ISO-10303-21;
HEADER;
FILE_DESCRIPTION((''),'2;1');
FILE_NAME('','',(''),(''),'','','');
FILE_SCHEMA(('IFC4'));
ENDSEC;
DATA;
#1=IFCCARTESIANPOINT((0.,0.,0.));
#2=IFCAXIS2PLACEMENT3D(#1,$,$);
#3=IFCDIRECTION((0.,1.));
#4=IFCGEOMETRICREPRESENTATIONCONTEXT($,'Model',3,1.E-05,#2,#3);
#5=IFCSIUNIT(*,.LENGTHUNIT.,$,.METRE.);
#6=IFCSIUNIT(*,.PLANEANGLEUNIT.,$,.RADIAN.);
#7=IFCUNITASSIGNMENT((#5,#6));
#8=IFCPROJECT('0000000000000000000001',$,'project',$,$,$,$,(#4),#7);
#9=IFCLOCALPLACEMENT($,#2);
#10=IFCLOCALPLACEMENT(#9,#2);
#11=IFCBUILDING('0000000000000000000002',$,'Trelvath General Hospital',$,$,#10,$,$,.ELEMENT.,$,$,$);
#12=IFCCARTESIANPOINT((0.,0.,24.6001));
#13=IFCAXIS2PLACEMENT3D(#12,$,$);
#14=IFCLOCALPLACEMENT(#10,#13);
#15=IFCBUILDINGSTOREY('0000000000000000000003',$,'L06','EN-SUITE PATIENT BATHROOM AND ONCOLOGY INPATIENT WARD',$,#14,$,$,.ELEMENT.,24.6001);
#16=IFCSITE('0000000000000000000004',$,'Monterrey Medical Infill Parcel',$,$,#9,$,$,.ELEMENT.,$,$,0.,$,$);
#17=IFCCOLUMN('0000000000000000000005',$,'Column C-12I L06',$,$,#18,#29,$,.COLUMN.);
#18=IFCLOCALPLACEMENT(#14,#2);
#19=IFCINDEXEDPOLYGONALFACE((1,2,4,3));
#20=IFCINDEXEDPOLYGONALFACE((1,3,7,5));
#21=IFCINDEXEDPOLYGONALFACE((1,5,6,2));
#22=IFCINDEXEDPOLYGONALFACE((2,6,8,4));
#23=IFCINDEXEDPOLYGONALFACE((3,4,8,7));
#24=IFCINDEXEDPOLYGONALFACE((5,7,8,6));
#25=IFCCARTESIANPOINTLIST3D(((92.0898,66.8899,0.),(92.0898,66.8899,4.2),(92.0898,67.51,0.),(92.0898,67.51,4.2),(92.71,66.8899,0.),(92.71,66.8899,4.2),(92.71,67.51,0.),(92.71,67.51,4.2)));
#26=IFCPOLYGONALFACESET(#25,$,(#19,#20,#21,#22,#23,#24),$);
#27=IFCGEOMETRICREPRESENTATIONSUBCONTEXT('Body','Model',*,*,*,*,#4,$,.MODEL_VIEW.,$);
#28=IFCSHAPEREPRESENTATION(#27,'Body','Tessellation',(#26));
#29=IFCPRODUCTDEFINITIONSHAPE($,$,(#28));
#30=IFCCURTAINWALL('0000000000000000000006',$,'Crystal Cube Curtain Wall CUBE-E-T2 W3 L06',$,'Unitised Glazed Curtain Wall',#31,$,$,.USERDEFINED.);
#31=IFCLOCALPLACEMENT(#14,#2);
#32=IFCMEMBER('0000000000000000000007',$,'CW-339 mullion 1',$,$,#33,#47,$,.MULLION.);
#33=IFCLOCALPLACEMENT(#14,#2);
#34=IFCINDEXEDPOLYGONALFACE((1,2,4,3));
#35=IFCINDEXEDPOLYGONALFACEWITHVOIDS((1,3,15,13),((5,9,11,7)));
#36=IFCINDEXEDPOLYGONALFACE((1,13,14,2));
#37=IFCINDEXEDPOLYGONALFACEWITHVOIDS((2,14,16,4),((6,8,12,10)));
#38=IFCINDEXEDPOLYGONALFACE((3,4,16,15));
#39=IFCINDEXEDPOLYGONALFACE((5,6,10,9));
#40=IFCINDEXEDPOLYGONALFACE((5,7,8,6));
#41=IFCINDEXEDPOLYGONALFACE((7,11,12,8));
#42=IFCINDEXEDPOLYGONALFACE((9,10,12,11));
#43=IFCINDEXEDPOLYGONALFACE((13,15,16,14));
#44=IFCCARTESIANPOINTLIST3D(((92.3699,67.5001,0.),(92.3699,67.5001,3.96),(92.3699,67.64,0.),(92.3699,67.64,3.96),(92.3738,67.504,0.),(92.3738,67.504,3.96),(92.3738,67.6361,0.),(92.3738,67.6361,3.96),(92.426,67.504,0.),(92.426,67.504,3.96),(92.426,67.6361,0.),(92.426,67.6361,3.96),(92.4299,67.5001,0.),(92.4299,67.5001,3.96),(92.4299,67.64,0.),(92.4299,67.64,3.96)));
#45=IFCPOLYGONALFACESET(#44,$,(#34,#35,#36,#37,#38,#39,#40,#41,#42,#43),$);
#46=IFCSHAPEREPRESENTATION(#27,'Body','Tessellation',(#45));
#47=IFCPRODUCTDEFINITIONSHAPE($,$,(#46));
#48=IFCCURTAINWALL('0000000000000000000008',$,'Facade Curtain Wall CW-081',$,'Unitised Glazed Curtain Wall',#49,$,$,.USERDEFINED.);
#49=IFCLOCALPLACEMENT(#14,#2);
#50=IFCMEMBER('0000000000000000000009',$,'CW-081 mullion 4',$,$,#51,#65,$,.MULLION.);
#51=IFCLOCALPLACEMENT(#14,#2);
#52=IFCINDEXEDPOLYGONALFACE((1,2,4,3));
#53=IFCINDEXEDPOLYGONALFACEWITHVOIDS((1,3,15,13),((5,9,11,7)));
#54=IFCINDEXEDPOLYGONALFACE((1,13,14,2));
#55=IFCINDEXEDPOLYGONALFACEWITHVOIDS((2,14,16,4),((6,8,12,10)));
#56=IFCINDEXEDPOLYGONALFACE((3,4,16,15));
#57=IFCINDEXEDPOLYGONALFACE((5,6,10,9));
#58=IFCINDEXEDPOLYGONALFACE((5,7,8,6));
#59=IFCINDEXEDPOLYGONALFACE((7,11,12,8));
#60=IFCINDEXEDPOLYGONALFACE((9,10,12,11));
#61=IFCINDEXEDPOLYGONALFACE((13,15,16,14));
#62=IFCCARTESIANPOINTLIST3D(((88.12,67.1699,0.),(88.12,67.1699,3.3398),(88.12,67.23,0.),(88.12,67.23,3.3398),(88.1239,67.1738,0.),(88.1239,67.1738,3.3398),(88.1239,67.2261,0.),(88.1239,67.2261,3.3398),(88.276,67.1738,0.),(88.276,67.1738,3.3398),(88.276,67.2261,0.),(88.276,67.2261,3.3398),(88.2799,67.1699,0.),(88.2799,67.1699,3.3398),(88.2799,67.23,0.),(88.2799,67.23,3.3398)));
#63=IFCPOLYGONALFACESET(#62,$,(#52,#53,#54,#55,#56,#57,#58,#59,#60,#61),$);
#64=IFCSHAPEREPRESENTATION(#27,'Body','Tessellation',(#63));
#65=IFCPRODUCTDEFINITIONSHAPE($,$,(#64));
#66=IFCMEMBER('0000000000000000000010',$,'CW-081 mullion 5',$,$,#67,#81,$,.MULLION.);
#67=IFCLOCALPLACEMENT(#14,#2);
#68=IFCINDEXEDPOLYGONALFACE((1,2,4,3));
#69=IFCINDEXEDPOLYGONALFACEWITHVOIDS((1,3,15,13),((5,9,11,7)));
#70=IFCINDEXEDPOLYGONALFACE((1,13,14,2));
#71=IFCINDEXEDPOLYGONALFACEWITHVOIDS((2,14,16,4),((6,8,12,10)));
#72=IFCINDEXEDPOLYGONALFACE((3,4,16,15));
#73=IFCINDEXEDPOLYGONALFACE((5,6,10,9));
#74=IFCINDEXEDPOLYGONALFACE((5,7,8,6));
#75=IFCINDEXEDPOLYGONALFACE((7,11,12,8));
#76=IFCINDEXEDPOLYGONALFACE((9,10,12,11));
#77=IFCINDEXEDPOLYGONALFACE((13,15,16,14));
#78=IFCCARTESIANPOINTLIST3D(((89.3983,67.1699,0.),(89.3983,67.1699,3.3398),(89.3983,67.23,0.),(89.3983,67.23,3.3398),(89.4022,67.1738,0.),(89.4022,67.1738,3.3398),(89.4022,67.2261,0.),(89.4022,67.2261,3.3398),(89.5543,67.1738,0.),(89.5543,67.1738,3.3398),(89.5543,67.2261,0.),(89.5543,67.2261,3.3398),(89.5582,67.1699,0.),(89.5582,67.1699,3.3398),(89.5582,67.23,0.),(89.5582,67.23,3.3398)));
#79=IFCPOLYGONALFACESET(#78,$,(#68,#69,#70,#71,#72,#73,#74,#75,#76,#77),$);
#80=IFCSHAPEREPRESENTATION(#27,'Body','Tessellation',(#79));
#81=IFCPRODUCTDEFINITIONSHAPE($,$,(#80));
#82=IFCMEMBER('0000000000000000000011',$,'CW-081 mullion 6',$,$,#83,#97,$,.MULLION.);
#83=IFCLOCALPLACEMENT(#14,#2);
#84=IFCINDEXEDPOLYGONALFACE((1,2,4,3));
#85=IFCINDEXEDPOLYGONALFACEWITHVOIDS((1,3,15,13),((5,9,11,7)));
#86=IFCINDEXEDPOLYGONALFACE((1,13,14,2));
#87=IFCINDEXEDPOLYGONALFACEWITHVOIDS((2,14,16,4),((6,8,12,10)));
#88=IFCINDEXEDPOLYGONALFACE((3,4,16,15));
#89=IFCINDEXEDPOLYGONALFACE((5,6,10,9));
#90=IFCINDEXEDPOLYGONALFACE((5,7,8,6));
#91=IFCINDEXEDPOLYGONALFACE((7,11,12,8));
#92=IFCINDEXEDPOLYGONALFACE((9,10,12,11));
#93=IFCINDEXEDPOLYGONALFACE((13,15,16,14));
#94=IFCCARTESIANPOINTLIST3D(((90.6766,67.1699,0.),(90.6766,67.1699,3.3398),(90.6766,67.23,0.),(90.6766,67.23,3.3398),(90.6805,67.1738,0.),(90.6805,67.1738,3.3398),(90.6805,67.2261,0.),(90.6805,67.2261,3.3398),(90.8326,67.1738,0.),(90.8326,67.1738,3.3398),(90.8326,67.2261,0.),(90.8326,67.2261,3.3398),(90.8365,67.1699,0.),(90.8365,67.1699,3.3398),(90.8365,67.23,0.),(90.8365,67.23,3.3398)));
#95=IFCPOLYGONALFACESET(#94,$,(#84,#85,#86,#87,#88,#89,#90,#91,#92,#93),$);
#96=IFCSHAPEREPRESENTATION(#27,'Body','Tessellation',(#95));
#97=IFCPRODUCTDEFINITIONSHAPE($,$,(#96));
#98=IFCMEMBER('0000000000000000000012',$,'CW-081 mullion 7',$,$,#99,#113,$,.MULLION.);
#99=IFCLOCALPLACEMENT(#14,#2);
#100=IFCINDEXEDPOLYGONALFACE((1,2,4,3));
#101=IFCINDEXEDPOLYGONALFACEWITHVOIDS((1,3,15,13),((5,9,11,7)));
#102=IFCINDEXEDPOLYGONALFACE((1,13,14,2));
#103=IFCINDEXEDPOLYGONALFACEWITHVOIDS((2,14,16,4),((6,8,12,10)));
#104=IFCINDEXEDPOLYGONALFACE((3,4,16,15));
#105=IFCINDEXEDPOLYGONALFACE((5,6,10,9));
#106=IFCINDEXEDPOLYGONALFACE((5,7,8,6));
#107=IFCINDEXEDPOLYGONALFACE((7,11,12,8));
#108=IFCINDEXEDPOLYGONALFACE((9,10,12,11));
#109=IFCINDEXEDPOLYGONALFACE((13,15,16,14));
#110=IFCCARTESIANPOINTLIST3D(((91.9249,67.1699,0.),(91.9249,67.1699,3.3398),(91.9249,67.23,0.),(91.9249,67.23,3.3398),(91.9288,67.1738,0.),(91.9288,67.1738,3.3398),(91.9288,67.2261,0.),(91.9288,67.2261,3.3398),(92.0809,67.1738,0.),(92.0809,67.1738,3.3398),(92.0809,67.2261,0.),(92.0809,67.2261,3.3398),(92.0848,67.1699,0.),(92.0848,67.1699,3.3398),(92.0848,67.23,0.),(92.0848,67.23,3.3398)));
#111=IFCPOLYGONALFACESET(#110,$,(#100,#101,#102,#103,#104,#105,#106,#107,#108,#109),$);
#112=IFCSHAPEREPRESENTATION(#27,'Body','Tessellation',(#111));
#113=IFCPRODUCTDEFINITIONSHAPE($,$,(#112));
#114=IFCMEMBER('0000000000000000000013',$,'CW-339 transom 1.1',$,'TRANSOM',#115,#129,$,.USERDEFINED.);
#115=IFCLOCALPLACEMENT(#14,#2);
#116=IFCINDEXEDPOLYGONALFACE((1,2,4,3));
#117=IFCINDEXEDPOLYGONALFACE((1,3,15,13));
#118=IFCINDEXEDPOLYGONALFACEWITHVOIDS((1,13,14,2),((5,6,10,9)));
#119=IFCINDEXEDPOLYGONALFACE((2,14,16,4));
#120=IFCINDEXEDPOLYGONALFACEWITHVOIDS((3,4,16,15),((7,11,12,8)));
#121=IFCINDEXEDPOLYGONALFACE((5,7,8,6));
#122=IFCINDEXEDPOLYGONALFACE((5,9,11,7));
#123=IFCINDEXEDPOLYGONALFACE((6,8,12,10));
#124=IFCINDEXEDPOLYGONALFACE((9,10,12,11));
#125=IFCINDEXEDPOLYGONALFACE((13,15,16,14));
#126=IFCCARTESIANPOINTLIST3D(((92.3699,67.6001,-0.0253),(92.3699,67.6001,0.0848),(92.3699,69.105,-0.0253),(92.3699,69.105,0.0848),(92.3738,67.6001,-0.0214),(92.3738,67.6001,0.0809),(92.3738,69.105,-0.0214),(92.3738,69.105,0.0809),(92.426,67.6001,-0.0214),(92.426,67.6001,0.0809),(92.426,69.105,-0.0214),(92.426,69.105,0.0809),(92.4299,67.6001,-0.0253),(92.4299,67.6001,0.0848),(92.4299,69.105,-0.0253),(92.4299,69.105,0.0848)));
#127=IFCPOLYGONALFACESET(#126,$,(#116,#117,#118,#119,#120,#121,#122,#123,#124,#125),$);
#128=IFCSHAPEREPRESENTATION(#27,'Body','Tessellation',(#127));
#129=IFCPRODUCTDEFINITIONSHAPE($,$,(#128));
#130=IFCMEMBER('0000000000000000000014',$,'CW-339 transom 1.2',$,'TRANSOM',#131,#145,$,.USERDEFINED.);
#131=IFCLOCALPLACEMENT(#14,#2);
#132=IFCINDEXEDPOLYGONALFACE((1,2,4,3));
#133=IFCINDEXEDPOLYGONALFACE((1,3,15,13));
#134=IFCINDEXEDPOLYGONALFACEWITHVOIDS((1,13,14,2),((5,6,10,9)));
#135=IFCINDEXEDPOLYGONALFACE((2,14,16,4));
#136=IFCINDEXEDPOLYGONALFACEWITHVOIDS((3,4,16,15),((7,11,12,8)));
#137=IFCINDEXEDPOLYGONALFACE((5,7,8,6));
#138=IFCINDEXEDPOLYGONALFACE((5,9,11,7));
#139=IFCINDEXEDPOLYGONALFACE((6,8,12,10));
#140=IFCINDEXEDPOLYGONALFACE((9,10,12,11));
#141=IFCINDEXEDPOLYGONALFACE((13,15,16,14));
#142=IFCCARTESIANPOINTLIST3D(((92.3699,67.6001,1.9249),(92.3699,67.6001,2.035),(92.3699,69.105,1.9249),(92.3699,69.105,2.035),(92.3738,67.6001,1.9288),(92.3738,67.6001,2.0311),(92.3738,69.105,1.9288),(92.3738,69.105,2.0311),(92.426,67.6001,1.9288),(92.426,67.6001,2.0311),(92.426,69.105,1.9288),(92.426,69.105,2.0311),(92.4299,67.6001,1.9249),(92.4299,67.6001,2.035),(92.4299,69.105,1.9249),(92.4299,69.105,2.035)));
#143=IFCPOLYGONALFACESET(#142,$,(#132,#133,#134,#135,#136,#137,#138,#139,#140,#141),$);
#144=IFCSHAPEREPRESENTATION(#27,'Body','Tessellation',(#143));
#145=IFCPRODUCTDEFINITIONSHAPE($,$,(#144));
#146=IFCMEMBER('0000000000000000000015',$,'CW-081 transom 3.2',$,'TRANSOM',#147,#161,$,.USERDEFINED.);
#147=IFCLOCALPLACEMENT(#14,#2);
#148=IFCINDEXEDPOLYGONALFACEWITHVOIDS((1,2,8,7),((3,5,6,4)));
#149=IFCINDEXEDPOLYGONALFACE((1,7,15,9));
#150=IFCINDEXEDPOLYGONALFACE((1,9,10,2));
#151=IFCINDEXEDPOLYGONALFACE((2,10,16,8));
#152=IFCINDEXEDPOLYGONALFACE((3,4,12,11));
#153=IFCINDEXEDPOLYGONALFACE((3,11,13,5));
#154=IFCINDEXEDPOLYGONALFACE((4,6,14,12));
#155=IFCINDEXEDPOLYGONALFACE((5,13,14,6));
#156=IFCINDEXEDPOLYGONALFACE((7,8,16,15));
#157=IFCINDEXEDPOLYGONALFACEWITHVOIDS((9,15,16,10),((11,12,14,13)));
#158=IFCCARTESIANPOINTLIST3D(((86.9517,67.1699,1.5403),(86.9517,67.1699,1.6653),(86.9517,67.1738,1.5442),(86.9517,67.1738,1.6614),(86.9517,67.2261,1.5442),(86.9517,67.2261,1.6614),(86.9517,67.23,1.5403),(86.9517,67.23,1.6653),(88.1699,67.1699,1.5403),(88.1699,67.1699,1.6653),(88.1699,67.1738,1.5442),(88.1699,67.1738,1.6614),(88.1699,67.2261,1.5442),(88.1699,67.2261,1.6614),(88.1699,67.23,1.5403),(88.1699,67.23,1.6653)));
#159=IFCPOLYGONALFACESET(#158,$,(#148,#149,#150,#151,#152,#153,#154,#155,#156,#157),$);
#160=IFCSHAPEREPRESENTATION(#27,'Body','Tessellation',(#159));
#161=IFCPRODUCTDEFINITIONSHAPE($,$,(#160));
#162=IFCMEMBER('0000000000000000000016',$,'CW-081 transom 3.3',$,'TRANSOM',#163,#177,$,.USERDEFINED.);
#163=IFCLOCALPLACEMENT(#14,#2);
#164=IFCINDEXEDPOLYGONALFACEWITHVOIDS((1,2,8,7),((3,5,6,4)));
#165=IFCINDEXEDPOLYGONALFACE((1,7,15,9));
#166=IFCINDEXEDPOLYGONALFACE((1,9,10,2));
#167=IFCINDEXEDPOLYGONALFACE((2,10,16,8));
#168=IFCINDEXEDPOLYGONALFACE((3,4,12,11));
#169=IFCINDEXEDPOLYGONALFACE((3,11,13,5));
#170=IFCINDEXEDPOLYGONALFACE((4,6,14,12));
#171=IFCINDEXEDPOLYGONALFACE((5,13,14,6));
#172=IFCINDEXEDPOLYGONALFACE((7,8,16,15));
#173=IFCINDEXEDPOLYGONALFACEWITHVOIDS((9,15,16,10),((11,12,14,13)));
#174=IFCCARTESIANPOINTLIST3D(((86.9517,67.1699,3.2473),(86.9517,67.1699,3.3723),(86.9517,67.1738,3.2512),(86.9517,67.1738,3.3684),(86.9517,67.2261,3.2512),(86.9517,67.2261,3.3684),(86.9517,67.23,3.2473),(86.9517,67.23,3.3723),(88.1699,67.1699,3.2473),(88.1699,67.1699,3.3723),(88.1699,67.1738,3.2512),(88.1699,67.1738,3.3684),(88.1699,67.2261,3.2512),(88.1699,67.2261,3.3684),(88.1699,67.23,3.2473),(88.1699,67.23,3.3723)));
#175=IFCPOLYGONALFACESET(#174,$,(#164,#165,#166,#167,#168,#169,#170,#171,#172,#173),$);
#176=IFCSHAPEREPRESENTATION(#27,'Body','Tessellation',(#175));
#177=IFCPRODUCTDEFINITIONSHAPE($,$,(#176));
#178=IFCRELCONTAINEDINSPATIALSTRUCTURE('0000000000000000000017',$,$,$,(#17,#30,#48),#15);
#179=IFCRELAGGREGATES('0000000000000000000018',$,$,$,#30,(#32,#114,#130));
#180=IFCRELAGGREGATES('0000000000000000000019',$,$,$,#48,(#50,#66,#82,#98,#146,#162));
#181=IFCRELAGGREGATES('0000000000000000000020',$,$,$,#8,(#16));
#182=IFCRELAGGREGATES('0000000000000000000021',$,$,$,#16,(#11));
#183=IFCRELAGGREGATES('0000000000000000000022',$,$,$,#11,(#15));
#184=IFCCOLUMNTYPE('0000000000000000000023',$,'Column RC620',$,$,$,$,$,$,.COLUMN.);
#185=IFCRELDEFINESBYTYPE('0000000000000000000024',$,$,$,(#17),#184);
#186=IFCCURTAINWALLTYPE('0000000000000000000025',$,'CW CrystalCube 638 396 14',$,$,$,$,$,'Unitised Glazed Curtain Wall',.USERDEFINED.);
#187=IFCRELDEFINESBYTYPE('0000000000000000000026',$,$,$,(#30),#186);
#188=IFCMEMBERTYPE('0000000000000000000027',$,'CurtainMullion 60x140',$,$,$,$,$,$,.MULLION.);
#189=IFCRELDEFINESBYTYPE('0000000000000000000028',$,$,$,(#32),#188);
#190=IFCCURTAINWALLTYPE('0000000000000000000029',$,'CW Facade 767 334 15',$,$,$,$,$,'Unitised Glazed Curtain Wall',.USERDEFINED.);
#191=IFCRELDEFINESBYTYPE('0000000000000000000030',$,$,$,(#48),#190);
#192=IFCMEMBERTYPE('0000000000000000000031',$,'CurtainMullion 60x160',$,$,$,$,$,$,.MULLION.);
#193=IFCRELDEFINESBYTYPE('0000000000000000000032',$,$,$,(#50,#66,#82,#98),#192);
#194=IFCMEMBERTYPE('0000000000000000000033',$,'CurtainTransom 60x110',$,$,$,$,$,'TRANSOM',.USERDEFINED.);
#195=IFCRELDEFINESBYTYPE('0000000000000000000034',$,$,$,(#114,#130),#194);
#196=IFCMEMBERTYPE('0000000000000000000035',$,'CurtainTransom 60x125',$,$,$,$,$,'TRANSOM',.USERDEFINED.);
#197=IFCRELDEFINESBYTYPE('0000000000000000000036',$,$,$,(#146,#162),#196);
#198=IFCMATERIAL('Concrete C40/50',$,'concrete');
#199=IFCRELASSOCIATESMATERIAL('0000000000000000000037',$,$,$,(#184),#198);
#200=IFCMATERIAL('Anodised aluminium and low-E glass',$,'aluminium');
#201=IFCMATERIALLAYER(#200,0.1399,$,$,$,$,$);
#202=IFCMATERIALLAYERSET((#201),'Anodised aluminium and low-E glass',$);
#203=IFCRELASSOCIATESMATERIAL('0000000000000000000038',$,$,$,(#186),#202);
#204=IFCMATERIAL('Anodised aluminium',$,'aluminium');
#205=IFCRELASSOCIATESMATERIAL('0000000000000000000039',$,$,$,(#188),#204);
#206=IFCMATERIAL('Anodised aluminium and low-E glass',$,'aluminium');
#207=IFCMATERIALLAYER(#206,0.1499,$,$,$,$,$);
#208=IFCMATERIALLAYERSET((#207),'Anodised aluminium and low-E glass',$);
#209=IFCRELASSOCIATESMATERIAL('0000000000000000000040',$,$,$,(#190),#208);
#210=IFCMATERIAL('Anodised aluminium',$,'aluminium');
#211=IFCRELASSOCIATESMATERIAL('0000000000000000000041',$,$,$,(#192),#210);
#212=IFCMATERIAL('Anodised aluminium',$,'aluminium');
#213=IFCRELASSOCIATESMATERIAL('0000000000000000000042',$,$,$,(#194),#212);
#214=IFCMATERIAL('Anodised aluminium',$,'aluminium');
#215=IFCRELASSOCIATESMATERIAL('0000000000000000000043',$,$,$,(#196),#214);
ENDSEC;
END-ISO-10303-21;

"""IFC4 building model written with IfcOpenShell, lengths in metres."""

from ifc_helpers import new_model, si_unit, direction, frame, origin, origin_2d, place, context, subcontext, project, spatial, rectangle, hollow_rectangle, extrude, material, layer, layer_set, material_profile, profile_set, type_object, element, aggregate, save


model = new_model("IFC4")

# Units and contexts
model_context = context("Model", 3, precision=1e-05, world=origin(), true_north=direction((0.0, 1.0)))
body_context = subcontext(model_context, "Body", "Model", "MODEL_VIEW")
ifc_project = project(units=[si_unit("LENGTHUNIT", "METRE"), si_unit("PLANEANGLEUNIT", "RADIAN")], contexts=[model_context])

# Site, building, storey
site_placement = place(None, origin())
site = spatial("IfcSite", under=ifc_project, at=site_placement, Name="Monterrey Medical Infill Parcel", CompositionType="ELEMENT", RefElevation=0.0)
building_placement = place(site_placement, origin())
building = spatial("IfcBuilding", under=site, at=building_placement, Name="Trelvath General Hospital", CompositionType="ELEMENT")
storey_placement = place(building_placement, frame((0.0, 0.0, 24.6001)))
storey = spatial("IfcBuildingStorey", under=building, at=storey_placement, Name="L06", Description="EN-SUITE PATIENT BATHROOM AND ONCOLOGY INPATIENT WARD", CompositionType="ELEMENT", Elevation=24.6001)

# Column
ifc_material_1 = material(Name="Concrete C40/50", Category="concrete")
ifc_material_profile_1 = material_profile(ifc_material_1, rectangle(XDim=0.6201, YDim=0.6201, at=origin_2d()), Name="RC620x620")
ifc_profile_set_1 = profile_set([ifc_material_profile_1], Name="Concrete C40/50")
column_type = type_object("IfcColumnType", Name="Column RC620", PredefinedType="COLUMN", material=ifc_profile_set_1)
column_placement = place(storey_placement, frame((92.3999, 67.2, 0.0), z_axis=(0.0, 0.0, 1.0), x_axis=(1.0, 0.0, 0.0)))
element("IfcColumn", 1, at=column_placement, inside=storey, type_object=column_type, Name="Column C-12I L06", PredefinedType="COLUMN", context=body_context, shape_type="SweptSolid", body=[
    extrude(rectangle(XDim=0.6201, YDim=0.6201, at=origin_2d()), origin(), (0.0, 0.0, 1.0), 4.2),
])

# Curtain wall, member
ifc_material_2 = material(Name="Anodised aluminium and low-E glass", Category="aluminium")
ifc_layer_1 = layer(ifc_material_2, 0.1399)
ifc_layer_set_1 = layer_set([ifc_layer_1], Name="Anodised aluminium and low-E glass")
curtain_wall_type_1 = type_object("IfcCurtainWallType", Name="CW CrystalCube 638 396 14", ElementType="Unitised Glazed Curtain Wall", PredefinedType="USERDEFINED", material=ifc_layer_set_1)
curtain_wall_1_placement = place(storey_placement, origin())
curtain_wall_1 = element("IfcCurtainWall", 2, at=curtain_wall_1_placement, inside=storey, type_object=curtain_wall_type_1, Name="Crystal Cube Curtain Wall CUBE-E-T2 W3 L06", ObjectType="Unitised Glazed Curtain Wall", PredefinedType="USERDEFINED")
ifc_material_3 = material(Name="Anodised aluminium", Category="aluminium")
ifc_material_profile_2 = material_profile(ifc_material_3, hollow_rectangle(XDim=0.0601, YDim=0.1399, WallThickness=0.0039, at=origin_2d()), Name="RHS60x140x4")
ifc_profile_set_2 = profile_set([ifc_material_profile_2], Name="Anodised aluminium")
member_type_1 = type_object("IfcMemberType", Name="CurtainMullion 60x140", PredefinedType="MULLION", material=ifc_profile_set_2)
member_1_placement = place(storey_placement, frame((92.3999, 67.5701, 0.0), z_axis=(0.0, 0.0, 1.0), x_axis=(-1.0, 0.0, 0.0)))
member_1 = element("IfcMember", 3, at=member_1_placement, type_object=member_type_1, Name="CW-339 mullion 1", PredefinedType="MULLION", context=body_context, shape_type="SweptSolid", body=[
    extrude(hollow_rectangle(XDim=0.0601, YDim=0.1399, WallThickness=0.0039, at=origin_2d()), origin(), (0.0, 0.0, 1.0), 3.96),
])

# Curtain wall, members
ifc_material_4 = material(Name="Anodised aluminium and low-E glass", Category="aluminium")
ifc_layer_2 = layer(ifc_material_4, 0.1499)
ifc_layer_set_2 = layer_set([ifc_layer_2], Name="Anodised aluminium and low-E glass")
curtain_wall_type_2 = type_object("IfcCurtainWallType", Name="CW Facade 767 334 15", ElementType="Unitised Glazed Curtain Wall", PredefinedType="USERDEFINED", material=ifc_layer_set_2)
curtain_wall_2_placement = place(storey_placement, origin())
curtain_wall_2 = element("IfcCurtainWall", 4, at=curtain_wall_2_placement, inside=storey, type_object=curtain_wall_type_2, Name="Facade Curtain Wall CW-081", ObjectType="Unitised Glazed Curtain Wall", PredefinedType="USERDEFINED")
ifc_material_5 = material(Name="Anodised aluminium", Category="aluminium")
ifc_material_profile_3 = material_profile(ifc_material_5, hollow_rectangle(XDim=0.0601, YDim=0.1599, WallThickness=0.0039, at=origin_2d()), Name="RHS60x160x4")
ifc_profile_set_3 = profile_set([ifc_material_profile_3], Name="Anodised aluminium")
member_type_2 = type_object("IfcMemberType", Name="CurtainMullion 60x160", PredefinedType="MULLION", material=ifc_profile_set_3)
member_2_placement = place(storey_placement, frame((88.2, 67.2, 0.0), z_axis=(0.0, 0.0, 1.0), x_axis=(0.0, 1.0, 0.0)))
member_2 = element("IfcMember", 5, at=member_2_placement, type_object=member_type_2, Name="CW-081 mullion 4", PredefinedType="MULLION", context=body_context, shape_type="SweptSolid", body=[
    extrude(hollow_rectangle(XDim=0.0601, YDim=0.1599, WallThickness=0.0039, at=origin_2d()), origin(), (0.0, 0.0, 1.0), 3.3398),
])
member_3_placement = place(storey_placement, frame((89.4783, 67.2, 0.0), z_axis=(0.0, 0.0, 1.0), x_axis=(0.0, 1.0, 0.0)))
member_3 = element("IfcMember", 6, at=member_3_placement, type_object=member_type_2, Name="CW-081 mullion 5", PredefinedType="MULLION", context=body_context, shape_type="SweptSolid", body=[
    extrude(hollow_rectangle(XDim=0.0601, YDim=0.1599, WallThickness=0.0039, at=origin_2d()), origin(), (0.0, 0.0, 1.0), 3.3398),
])
member_4_placement = place(storey_placement, frame((90.7566, 67.2, 0.0), z_axis=(0.0, 0.0, 1.0), x_axis=(0.0, 1.0, 0.0)))
member_4 = element("IfcMember", 7, at=member_4_placement, type_object=member_type_2, Name="CW-081 mullion 6", PredefinedType="MULLION", context=body_context, shape_type="SweptSolid", body=[
    extrude(hollow_rectangle(XDim=0.0601, YDim=0.1599, WallThickness=0.0039, at=origin_2d()), origin(), (0.0, 0.0, 1.0), 3.3398),
])
member_5_placement = place(storey_placement, frame((92.0049, 67.2, 0.0), z_axis=(0.0, 0.0, 1.0), x_axis=(0.0, 1.0, 0.0)))
member_5 = element("IfcMember", 8, at=member_5_placement, type_object=member_type_2, Name="CW-081 mullion 7", PredefinedType="MULLION", context=body_context, shape_type="SweptSolid", body=[
    extrude(hollow_rectangle(XDim=0.0601, YDim=0.1599, WallThickness=0.0039, at=origin_2d()), origin(), (0.0, 0.0, 1.0), 3.3398),
])

# Members
ifc_material_6 = material(Name="Anodised aluminium", Category="aluminium")
ifc_material_profile_4 = material_profile(ifc_material_6, hollow_rectangle(XDim=0.0601, YDim=0.1101, WallThickness=0.0039, at=origin_2d()), Name="RHS60x110x4")
ifc_profile_set_4 = profile_set([ifc_material_profile_4], Name="Anodised aluminium")
member_type_3 = type_object("IfcMemberType", Name="CurtainTransom 60x110", ElementType="TRANSOM", PredefinedType="USERDEFINED", material=ifc_profile_set_4)
member_6_placement = place(storey_placement, frame((92.3999, 67.6001, 0.0298), z_axis=(0.0, 1.0, 0.0), x_axis=(-1.0, 0.0, 0.0)))
member_6 = element("IfcMember", 9, at=member_6_placement, type_object=member_type_3, Name="CW-339 transom 1.1", ObjectType="TRANSOM", PredefinedType="USERDEFINED", context=body_context, shape_type="SweptSolid", body=[
    extrude(hollow_rectangle(XDim=0.0601, YDim=0.1101, WallThickness=0.0039, at=origin_2d()), origin(), (0.0, 0.0, 1.0), 1.5049),
])
member_7_placement = place(storey_placement, frame((92.3999, 67.6001, 1.98), z_axis=(0.0, 1.0, 0.0), x_axis=(-1.0, 0.0, 0.0)))
member_7 = element("IfcMember", 10, at=member_7_placement, type_object=member_type_3, Name="CW-339 transom 1.2", ObjectType="TRANSOM", PredefinedType="USERDEFINED", context=body_context, shape_type="SweptSolid", body=[
    extrude(hollow_rectangle(XDim=0.0601, YDim=0.1101, WallThickness=0.0039, at=origin_2d()), origin(), (0.0, 0.0, 1.0), 1.5049),
])
aggregate(curtain_wall_1, [member_1, member_6, member_7])
ifc_material_7 = material(Name="Anodised aluminium", Category="aluminium")
ifc_material_profile_5 = material_profile(ifc_material_7, hollow_rectangle(XDim=0.0601, YDim=0.125, WallThickness=0.0039, at=origin_2d()), Name="RHS60x125x4")
ifc_profile_set_5 = profile_set([ifc_material_profile_5], Name="Anodised aluminium")
member_type_4 = type_object("IfcMemberType", Name="CurtainTransom 60x125", ElementType="TRANSOM", PredefinedType="USERDEFINED", material=ifc_profile_set_5)
member_8_placement = place(storey_placement, frame((86.9517, 67.2, 1.6028), z_axis=(1.0, 0.0, 0.0), x_axis=(0.0, 1.0, 0.0)))
member_8 = element("IfcMember", 11, at=member_8_placement, type_object=member_type_4, Name="CW-081 transom 3.2", ObjectType="TRANSOM", PredefinedType="USERDEFINED", context=body_context, shape_type="SweptSolid", body=[
    extrude(hollow_rectangle(XDim=0.0601, YDim=0.125, WallThickness=0.0039, at=origin_2d()), origin(), (0.0, 0.0, 1.0), 1.2183),
])
member_9_placement = place(storey_placement, frame((86.9517, 67.2, 3.3098), z_axis=(1.0, 0.0, 0.0), x_axis=(0.0, 1.0, 0.0)))
member_9 = element("IfcMember", 12, at=member_9_placement, type_object=member_type_4, Name="CW-081 transom 3.3", ObjectType="TRANSOM", PredefinedType="USERDEFINED", context=body_context, shape_type="SweptSolid", body=[
    extrude(hollow_rectangle(XDim=0.0601, YDim=0.125, WallThickness=0.0039, at=origin_2d()), origin(), (0.0, 0.0, 1.0), 1.2183),
])

aggregate(curtain_wall_2, [member_2, member_3, member_4, member_5, member_8, member_9])

save(model, "model.ifc")
